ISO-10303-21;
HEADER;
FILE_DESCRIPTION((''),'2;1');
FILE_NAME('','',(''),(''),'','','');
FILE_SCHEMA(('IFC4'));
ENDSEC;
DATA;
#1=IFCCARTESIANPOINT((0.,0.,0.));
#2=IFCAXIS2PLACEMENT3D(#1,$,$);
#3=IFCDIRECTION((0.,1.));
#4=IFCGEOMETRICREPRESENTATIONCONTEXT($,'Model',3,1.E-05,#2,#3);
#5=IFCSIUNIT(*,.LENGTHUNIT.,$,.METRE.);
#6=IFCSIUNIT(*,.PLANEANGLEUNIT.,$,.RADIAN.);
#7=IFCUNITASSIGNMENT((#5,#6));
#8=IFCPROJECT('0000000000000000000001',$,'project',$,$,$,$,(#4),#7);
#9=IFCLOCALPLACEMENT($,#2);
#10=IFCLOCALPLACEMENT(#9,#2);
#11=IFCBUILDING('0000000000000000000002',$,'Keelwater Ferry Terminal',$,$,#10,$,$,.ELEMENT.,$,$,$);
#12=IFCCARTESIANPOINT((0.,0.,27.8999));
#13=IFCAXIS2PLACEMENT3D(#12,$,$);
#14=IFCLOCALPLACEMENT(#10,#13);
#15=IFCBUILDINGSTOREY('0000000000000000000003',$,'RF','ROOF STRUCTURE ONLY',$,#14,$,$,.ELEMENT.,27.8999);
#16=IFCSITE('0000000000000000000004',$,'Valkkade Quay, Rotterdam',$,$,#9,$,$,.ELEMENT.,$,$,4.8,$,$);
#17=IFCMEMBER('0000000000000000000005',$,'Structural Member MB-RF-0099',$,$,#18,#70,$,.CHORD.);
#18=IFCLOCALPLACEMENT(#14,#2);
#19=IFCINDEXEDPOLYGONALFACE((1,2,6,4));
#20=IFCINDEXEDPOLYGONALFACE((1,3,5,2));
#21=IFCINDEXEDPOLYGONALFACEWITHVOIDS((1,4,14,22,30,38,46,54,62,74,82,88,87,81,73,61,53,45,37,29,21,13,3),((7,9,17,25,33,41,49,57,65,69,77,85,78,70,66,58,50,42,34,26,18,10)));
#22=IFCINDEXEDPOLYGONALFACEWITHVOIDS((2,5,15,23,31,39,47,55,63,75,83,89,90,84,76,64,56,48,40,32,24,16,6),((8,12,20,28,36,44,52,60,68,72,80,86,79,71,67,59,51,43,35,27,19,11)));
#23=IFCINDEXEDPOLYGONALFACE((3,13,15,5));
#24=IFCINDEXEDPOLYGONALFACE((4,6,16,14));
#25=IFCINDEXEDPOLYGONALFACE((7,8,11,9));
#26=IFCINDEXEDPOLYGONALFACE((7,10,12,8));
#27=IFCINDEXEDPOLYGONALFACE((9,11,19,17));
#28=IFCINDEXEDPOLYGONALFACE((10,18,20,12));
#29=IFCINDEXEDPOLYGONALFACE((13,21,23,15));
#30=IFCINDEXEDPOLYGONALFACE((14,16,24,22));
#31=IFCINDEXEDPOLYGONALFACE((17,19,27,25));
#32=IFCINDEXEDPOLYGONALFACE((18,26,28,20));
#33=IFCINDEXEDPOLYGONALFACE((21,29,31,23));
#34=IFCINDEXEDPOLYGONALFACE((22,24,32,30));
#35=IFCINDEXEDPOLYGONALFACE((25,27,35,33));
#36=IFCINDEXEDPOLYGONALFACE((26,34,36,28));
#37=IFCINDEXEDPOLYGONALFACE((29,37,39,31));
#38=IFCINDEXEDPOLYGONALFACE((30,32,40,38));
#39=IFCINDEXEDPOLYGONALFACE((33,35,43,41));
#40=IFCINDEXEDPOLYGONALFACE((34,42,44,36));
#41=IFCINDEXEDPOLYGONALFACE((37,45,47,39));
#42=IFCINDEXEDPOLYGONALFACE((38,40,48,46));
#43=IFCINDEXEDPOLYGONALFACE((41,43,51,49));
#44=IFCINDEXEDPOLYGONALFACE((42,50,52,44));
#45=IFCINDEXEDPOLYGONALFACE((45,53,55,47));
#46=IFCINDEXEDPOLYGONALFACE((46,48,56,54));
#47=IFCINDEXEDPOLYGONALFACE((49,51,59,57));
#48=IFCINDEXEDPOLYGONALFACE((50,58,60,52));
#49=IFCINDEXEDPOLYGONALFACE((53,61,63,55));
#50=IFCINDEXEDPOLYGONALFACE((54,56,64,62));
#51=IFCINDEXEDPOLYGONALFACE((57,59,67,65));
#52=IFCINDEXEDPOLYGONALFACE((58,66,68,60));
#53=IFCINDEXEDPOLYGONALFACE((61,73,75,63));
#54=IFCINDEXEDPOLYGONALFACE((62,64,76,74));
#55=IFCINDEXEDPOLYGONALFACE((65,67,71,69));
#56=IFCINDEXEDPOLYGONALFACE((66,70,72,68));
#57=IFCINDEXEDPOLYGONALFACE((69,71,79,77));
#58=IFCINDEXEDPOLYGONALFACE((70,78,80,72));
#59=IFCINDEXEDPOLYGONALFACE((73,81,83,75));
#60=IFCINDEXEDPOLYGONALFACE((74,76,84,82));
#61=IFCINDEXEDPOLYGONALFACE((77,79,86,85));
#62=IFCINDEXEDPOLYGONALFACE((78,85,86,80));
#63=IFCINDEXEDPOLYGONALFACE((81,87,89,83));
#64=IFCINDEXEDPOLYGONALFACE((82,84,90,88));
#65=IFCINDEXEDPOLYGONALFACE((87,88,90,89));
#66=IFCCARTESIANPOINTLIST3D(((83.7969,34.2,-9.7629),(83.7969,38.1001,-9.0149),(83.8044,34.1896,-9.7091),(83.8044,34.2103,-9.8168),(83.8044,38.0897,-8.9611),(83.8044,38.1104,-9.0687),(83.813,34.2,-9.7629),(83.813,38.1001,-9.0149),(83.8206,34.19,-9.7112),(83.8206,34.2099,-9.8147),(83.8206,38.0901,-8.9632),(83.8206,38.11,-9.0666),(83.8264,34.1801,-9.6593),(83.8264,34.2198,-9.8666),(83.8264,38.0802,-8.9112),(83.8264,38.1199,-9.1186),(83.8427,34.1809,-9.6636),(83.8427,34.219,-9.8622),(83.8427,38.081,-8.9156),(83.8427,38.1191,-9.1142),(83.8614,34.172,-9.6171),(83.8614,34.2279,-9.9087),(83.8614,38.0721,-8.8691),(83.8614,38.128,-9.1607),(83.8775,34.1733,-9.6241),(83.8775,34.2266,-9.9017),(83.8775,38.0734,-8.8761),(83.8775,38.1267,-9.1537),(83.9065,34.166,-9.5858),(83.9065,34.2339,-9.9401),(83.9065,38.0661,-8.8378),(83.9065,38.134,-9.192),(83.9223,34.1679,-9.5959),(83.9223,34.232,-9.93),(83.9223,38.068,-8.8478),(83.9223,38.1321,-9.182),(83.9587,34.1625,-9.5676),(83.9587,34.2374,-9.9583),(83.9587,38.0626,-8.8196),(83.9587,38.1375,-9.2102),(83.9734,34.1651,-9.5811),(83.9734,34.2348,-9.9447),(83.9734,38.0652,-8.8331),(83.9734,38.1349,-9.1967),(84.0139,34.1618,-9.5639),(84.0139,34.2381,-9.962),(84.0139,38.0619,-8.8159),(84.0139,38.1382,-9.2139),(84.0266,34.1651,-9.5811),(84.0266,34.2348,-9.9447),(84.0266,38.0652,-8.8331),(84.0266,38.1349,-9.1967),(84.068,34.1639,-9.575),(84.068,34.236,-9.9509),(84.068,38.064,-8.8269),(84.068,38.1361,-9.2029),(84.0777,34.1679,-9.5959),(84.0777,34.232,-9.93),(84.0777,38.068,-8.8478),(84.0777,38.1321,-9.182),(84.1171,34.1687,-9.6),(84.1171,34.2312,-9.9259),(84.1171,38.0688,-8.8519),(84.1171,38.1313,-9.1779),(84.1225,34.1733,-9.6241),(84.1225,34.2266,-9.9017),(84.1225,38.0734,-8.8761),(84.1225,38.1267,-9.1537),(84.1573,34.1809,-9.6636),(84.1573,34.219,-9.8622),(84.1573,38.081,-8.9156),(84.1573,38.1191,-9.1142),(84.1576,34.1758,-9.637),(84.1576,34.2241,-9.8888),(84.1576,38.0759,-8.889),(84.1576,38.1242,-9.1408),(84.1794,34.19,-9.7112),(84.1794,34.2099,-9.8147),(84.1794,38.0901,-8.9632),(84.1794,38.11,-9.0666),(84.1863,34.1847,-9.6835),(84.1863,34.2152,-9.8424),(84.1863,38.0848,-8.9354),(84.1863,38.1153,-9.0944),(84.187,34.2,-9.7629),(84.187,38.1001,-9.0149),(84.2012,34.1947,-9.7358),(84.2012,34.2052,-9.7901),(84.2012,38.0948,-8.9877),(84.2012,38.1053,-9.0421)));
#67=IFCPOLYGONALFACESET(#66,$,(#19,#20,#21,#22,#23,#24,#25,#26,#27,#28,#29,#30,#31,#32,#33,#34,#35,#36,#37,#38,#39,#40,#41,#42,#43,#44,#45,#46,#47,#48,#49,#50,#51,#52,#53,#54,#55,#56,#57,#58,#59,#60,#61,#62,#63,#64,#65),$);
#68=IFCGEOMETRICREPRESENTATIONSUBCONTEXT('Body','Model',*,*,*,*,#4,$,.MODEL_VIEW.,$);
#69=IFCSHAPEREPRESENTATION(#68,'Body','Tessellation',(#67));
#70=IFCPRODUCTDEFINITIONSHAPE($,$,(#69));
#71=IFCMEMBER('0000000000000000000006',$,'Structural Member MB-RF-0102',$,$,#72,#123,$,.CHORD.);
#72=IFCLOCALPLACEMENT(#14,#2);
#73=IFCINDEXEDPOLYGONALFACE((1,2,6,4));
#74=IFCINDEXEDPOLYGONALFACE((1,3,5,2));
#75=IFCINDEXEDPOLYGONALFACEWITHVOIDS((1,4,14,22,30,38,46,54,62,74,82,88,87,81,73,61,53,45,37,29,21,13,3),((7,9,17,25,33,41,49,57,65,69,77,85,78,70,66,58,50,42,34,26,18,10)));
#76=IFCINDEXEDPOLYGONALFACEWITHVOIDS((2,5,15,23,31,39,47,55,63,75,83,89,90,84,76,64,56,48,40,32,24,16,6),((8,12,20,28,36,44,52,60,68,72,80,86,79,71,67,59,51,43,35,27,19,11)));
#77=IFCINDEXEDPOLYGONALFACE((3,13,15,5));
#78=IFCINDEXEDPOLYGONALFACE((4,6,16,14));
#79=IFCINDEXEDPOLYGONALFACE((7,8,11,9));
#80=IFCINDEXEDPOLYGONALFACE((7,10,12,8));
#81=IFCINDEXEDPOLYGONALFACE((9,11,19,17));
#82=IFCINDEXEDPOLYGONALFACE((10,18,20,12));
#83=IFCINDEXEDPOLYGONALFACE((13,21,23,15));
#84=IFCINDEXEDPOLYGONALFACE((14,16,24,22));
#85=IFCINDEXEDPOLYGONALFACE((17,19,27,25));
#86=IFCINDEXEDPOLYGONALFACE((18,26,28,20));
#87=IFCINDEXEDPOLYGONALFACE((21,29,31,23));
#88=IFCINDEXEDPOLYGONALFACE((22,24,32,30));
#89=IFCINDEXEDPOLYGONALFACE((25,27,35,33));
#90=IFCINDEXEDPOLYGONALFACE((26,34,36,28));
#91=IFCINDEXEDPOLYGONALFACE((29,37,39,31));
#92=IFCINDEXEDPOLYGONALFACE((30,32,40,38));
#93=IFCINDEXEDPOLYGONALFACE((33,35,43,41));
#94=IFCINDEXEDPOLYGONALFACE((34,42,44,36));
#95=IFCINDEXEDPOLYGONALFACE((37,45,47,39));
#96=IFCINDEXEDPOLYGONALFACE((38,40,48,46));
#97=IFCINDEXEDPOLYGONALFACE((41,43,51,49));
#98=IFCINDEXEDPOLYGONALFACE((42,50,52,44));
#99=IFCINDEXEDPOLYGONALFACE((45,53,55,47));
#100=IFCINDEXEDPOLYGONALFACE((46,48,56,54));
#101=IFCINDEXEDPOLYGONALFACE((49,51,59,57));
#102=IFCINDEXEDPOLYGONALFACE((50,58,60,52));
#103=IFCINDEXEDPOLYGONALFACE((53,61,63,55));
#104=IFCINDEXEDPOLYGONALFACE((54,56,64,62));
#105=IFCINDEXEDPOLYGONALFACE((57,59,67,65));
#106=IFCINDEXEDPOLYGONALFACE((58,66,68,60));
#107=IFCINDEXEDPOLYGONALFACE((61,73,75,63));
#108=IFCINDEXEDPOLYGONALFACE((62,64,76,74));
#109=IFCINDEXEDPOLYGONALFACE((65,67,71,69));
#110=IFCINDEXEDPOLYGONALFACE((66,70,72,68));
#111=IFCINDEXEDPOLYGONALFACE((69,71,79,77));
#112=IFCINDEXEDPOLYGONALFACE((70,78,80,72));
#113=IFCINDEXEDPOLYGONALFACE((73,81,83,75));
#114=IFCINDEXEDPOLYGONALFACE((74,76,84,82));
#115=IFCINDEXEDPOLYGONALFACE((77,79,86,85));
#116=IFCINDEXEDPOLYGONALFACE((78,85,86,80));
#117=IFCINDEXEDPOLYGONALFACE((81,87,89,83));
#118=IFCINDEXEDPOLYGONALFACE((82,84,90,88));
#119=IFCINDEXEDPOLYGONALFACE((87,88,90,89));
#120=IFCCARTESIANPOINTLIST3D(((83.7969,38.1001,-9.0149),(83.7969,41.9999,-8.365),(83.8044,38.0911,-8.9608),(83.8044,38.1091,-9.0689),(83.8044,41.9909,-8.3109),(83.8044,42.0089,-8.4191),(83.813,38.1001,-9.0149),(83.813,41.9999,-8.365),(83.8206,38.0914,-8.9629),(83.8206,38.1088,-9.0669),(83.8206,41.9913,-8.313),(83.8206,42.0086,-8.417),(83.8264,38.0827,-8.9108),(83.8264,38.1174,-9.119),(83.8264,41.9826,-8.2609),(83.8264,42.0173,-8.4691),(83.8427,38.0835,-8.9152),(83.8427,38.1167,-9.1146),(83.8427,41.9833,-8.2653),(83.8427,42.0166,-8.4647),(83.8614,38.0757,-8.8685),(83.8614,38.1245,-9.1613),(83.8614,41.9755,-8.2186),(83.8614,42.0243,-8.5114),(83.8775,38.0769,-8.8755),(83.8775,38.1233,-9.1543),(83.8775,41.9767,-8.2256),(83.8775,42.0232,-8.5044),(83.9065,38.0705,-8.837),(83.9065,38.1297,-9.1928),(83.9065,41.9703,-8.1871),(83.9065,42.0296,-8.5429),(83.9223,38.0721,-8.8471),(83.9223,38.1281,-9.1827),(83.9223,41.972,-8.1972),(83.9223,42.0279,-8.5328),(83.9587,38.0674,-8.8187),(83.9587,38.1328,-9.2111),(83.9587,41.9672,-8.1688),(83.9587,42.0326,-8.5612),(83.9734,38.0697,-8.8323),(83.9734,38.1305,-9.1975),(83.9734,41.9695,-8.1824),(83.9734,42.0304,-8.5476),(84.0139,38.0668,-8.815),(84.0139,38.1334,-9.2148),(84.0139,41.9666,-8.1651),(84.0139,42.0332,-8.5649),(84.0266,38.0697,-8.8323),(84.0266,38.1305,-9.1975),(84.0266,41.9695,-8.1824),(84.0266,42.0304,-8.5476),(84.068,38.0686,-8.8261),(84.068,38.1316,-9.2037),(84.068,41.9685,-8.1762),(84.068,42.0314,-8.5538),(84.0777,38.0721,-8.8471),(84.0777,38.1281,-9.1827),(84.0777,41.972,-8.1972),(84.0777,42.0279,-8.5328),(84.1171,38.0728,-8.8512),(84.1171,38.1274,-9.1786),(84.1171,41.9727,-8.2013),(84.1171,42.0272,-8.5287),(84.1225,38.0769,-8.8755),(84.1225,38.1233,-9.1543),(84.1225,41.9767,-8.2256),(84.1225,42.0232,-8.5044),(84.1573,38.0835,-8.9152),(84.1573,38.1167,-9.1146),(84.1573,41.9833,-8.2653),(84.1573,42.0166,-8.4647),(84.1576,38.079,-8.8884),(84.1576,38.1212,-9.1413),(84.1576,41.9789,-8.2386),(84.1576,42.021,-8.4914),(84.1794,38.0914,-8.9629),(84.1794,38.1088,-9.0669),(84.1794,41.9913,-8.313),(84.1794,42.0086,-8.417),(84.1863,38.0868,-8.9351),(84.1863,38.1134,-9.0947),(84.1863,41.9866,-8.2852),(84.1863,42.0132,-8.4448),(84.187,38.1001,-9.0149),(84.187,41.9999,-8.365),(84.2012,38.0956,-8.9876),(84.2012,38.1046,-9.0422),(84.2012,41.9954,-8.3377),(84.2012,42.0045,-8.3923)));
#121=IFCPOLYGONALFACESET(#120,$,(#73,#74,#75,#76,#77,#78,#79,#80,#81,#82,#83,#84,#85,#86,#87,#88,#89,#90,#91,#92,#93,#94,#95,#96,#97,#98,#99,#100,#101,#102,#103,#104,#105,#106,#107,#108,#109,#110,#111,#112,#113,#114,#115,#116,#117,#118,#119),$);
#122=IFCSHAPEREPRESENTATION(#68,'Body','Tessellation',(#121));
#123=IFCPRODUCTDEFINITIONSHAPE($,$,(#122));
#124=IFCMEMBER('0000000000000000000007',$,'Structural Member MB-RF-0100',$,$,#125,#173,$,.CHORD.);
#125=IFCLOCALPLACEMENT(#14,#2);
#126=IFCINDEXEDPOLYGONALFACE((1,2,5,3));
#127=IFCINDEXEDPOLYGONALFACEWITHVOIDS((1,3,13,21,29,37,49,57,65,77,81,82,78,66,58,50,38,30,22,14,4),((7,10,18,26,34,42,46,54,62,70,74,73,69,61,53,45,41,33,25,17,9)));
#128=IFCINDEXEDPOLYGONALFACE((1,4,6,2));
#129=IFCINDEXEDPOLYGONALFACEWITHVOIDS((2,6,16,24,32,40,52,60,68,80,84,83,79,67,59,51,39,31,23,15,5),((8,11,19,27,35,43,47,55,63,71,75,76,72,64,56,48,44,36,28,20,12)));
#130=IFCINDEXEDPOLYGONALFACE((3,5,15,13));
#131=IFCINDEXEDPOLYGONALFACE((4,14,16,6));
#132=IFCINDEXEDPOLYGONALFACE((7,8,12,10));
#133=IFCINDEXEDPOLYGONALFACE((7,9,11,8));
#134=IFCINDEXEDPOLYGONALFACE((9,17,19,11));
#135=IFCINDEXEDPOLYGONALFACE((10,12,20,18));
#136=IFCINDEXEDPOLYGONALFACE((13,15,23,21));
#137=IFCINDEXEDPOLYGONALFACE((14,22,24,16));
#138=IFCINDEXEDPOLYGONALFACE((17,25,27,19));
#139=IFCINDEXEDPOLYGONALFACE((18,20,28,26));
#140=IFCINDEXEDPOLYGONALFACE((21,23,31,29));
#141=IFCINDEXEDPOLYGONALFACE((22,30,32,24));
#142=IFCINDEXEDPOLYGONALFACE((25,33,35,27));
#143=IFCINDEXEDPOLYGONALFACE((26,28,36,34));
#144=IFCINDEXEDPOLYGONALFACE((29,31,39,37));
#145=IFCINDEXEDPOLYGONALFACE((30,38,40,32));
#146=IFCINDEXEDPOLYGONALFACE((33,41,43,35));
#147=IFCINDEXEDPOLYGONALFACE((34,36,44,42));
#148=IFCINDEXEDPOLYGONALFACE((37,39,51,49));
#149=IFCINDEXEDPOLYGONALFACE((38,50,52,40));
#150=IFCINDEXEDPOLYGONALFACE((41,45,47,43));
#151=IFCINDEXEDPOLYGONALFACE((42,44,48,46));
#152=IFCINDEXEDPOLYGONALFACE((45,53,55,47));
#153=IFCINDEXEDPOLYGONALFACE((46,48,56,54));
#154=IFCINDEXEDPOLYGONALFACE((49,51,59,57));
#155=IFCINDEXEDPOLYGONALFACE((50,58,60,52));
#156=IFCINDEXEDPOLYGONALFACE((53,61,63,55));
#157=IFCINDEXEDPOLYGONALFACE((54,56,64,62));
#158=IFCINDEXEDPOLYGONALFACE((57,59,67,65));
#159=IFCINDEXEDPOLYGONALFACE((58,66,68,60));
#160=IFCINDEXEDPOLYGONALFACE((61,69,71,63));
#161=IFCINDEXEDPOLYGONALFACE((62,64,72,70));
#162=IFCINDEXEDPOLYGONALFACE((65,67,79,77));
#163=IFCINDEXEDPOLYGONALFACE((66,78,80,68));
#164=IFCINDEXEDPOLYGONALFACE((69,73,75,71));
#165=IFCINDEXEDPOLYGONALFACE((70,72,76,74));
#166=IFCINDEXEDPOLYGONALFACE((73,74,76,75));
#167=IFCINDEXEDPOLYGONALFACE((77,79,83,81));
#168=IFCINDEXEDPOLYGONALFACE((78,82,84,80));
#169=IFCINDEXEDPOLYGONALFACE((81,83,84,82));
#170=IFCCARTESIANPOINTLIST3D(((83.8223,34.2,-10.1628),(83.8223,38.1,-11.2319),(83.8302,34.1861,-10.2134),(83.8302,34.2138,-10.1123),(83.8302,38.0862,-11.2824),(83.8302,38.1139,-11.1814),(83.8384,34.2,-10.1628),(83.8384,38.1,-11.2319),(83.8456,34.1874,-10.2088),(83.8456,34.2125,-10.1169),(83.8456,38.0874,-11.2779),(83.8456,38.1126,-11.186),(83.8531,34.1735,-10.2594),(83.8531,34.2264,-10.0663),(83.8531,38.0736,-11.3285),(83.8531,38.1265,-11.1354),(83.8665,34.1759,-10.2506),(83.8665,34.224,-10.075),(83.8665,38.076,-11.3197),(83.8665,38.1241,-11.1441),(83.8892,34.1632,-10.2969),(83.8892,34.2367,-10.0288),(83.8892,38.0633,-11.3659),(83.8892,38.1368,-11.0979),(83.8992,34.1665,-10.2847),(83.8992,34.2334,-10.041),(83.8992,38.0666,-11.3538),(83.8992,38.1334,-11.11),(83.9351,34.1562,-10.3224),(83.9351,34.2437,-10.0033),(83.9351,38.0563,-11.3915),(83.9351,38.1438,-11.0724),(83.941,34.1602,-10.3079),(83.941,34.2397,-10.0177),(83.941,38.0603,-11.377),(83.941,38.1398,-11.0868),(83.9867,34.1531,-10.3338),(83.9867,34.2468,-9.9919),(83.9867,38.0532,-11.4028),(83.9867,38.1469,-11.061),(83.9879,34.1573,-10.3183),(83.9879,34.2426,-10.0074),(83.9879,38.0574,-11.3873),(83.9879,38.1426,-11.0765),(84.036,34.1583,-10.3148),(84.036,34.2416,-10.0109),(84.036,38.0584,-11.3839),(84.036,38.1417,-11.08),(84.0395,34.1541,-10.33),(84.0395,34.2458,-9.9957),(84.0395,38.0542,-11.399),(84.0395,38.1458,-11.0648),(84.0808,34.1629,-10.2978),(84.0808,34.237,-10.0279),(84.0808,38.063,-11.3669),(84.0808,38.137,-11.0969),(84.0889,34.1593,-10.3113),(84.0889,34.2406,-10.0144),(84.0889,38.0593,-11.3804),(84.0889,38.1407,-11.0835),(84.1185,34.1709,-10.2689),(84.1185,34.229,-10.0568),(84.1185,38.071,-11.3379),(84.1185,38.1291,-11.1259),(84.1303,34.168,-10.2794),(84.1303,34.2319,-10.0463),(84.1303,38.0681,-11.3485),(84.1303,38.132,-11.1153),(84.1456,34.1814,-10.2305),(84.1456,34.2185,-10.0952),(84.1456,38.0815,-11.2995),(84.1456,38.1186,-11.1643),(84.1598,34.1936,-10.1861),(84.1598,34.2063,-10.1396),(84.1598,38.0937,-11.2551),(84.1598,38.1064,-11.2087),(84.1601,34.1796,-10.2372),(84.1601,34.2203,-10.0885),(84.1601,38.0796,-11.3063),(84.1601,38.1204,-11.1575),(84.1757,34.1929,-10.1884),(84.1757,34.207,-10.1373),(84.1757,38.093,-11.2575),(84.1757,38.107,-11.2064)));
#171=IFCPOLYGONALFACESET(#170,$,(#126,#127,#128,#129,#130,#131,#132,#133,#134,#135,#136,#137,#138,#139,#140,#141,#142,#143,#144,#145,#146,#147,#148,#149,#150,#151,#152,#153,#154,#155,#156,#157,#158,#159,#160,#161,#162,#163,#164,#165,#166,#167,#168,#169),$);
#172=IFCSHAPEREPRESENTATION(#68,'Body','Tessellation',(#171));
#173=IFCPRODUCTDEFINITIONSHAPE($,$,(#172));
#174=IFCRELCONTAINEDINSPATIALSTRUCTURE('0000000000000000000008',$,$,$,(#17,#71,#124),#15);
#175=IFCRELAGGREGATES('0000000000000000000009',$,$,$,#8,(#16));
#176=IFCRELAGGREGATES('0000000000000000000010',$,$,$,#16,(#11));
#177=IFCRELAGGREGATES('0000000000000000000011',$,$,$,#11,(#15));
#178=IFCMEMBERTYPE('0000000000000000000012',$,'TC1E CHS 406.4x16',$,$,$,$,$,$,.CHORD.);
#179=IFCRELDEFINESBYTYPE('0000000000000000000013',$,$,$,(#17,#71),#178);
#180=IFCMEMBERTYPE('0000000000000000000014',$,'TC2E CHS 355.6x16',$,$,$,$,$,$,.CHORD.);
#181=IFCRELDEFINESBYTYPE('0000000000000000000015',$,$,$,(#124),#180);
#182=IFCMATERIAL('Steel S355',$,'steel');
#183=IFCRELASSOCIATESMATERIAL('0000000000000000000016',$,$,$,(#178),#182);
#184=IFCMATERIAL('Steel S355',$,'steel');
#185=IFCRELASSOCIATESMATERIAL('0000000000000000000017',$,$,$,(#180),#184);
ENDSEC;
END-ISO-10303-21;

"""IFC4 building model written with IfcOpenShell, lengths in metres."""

from ifc_helpers import new_model, si_unit, direction, frame, origin, origin_2d, place, context, subcontext, project, spatial, hollow_circle, extrude, material, material_profile, profile_set, type_object, element, save


model = new_model("IFC4")

# Units and contexts
model_context = context("Model", 3, precision=1e-05, world=origin(), true_north=direction((0.0, 1.0)))
body_context = subcontext(model_context, "Body", "Model", "MODEL_VIEW")
ifc_project = project(units=[si_unit("LENGTHUNIT", "METRE"), si_unit("PLANEANGLEUNIT", "RADIAN")], contexts=[model_context])

# Site, building, storey
site_placement = place(None, origin())
site = spatial("IfcSite", under=ifc_project, at=site_placement, Name="Valkkade Quay, Rotterdam", CompositionType="ELEMENT", RefElevation=4.8)
building_placement = place(site_placement, origin())
building = spatial("IfcBuilding", under=site, at=building_placement, Name="Keelwater Ferry Terminal", CompositionType="ELEMENT")
storey_placement = place(building_placement, frame((0.0, 0.0, 27.8999)))
storey = spatial("IfcBuildingStorey", under=building, at=storey_placement, Name="RF", Description="ROOF STRUCTURE ONLY", CompositionType="ELEMENT", Elevation=27.8999)

# Members
ifc_material_1 = material(Name="Steel S355", Category="steel")
ifc_material_profile_1 = material_profile(ifc_material_1, hollow_circle(Radius=0.2031, WallThickness=0.0161, at=origin_2d()), Name="CHS 406.4x16")
ifc_profile_set_1 = profile_set([ifc_material_profile_1], Name="Steel S355")
member_type_1 = type_object("IfcMemberType", Name="TC1E CHS 406.4x16", PredefinedType="CHORD", material=ifc_profile_set_1)
member_1_placement = place(storey_placement, frame((84.0, 34.2, -9.7629), z_axis=(0.0, 0.982099, 0.188366), x_axis=(-1.0, 0.0, 0.0)))
element("IfcMember", 1, at=member_1_placement, inside=storey, type_object=member_type_1, Name="Structural Member MB-RF-0099", PredefinedType="CHORD", context=body_context, shape_type="SweptSolid", body=[
    extrude(hollow_circle(Radius=0.2031, WallThickness=0.0161, at=origin_2d()), origin(), (0.0, 0.0, 1.0), 3.9712),
])
member_2_placement = place(storey_placement, frame((84.0, 38.1001, -9.0149), z_axis=(0.0, 0.986397, 0.164379), x_axis=(-1.0, 0.0, 0.0)))
element("IfcMember", 2, at=member_2_placement, inside=storey, type_object=member_type_1, Name="Structural Member MB-RF-0102", PredefinedType="CHORD", context=body_context, shape_type="SweptSolid", body=[
    extrude(hollow_circle(Radius=0.2031, WallThickness=0.0161, at=origin_2d()), origin(), (0.0, 0.0, 1.0), 3.9536),
])
ifc_material_2 = material(Name="Steel S355", Category="steel")
ifc_material_profile_2 = material_profile(ifc_material_2, hollow_circle(Radius=0.1777, WallThickness=0.0161, at=origin_2d()), Name="CHS 355.6x16")
ifc_profile_set_2 = profile_set([ifc_material_profile_2], Name="Steel S355")
member_type_2 = type_object("IfcMemberType", Name="TC2E CHS 355.6x16", PredefinedType="CHORD", material=ifc_profile_set_2)
member_3_placement = place(storey_placement, frame((84.0, 34.2, -10.1628), z_axis=(0.0, 0.964423, -0.264364), x_axis=(-1.0, 0.0, 0.0)))
element("IfcMember", 3, at=member_3_placement, inside=storey, type_object=member_type_2, Name="Structural Member MB-RF-0100", PredefinedType="CHORD", context=body_context, shape_type="SweptSolid", body=[
    extrude(hollow_circle(Radius=0.1777, WallThickness=0.0161, at=origin_2d()), origin(), (0.0, 0.0, 1.0), 4.0439),
])

save(model, "model.ifc")
